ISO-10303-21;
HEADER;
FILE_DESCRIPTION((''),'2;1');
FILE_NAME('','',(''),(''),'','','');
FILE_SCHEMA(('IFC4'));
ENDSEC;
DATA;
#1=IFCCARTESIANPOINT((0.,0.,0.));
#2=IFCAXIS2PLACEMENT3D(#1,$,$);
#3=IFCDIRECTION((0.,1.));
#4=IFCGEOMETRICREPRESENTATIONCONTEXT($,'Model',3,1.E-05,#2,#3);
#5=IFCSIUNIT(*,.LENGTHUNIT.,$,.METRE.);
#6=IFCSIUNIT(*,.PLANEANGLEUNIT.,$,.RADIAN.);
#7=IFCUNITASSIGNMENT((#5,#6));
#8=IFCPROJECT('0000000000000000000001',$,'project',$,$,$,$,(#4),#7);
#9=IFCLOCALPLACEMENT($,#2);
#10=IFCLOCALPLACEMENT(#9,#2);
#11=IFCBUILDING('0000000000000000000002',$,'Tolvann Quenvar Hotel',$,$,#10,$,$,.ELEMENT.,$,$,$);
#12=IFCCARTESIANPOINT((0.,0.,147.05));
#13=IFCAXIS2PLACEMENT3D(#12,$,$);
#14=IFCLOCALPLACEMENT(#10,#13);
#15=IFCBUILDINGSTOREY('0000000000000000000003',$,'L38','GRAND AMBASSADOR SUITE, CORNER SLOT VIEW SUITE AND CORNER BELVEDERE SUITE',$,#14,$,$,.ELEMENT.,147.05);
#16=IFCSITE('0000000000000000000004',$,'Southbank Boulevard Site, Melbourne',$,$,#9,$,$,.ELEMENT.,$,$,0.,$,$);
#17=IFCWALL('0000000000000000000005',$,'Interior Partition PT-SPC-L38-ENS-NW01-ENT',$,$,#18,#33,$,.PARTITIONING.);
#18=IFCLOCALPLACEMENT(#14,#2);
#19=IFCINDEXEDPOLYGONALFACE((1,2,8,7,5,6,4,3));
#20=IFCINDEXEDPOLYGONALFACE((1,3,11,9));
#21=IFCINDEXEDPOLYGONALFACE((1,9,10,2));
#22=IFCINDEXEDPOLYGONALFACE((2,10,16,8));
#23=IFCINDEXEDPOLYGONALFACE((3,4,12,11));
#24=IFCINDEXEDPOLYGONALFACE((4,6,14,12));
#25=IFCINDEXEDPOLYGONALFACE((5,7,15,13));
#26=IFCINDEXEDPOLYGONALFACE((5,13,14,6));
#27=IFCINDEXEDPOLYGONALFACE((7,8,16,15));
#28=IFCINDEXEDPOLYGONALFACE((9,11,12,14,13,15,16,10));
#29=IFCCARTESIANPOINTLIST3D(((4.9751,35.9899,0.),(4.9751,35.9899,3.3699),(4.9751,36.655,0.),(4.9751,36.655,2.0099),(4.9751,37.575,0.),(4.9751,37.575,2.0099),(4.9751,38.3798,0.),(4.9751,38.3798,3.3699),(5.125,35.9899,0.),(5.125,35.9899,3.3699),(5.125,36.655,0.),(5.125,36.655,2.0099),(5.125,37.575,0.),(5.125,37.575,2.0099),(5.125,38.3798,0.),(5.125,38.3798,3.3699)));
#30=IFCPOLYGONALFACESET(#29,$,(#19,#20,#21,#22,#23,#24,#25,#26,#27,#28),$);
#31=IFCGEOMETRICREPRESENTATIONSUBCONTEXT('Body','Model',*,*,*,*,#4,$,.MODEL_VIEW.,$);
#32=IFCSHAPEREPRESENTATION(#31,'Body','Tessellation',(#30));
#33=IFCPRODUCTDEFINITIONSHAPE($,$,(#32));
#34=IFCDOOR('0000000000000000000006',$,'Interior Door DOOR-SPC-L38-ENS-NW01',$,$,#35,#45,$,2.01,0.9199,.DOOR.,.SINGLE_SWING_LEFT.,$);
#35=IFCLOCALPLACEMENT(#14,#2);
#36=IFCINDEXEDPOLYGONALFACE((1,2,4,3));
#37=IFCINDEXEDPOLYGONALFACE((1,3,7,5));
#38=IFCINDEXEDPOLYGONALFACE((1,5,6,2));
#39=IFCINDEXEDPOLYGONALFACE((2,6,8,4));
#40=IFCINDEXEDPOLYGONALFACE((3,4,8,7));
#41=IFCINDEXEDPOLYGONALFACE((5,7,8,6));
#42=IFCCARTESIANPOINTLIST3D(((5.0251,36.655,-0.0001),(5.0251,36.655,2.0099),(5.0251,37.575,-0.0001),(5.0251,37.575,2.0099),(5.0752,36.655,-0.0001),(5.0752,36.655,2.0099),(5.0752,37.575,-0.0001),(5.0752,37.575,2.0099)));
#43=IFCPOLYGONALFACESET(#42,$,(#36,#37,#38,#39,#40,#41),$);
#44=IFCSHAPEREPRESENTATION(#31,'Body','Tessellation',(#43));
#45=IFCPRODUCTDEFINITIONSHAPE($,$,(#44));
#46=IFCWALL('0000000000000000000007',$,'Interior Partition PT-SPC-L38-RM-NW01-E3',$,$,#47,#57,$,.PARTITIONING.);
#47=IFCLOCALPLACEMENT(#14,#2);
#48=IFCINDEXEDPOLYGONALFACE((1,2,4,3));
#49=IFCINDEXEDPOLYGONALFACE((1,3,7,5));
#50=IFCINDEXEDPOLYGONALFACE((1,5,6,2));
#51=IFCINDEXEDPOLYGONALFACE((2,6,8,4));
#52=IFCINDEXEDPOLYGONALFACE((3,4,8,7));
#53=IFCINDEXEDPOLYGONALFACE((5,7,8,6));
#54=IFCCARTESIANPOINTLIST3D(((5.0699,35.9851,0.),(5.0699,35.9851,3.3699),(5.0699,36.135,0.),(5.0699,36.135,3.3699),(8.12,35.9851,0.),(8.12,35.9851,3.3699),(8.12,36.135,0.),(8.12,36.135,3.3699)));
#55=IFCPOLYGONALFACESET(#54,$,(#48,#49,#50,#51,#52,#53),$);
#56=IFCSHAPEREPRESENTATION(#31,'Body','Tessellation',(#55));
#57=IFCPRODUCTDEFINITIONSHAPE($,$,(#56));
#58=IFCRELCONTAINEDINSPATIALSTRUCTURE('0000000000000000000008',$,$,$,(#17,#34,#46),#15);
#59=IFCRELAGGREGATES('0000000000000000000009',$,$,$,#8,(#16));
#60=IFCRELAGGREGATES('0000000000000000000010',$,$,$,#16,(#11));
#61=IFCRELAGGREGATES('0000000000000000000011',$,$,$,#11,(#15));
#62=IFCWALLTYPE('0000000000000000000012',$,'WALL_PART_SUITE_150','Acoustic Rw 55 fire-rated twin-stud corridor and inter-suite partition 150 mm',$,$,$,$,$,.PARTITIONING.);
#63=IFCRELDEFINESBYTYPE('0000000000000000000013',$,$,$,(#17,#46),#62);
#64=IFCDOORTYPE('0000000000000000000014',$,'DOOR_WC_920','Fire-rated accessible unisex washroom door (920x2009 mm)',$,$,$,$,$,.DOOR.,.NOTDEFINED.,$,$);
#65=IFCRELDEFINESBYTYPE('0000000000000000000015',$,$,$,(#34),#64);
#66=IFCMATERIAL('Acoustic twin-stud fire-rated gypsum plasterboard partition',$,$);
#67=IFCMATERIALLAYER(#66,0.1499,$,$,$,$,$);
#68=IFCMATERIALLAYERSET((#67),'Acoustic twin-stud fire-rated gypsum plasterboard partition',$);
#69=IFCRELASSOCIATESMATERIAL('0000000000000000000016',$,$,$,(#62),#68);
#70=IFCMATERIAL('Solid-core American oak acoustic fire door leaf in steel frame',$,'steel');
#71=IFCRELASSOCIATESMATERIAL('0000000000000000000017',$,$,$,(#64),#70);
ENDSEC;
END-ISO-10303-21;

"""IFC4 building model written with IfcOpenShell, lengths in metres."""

from ifc_helpers import new_model, si_unit, direction, frame, frame_2d, origin, place, context, subcontext, project, spatial, rectangle, extrude, source, transform, mapped, material, layer, layer_set, type_object, type_shapes, element, fill, save


model = new_model("IFC4")

# Units and contexts
model_context = context("Model", 3, precision=1e-05, world=origin(), true_north=direction((0.0, 1.0)))
body_context = subcontext(model_context, "Body", "Model", "MODEL_VIEW")
ifc_project = project(units=[si_unit("LENGTHUNIT", "METRE"), si_unit("PLANEANGLEUNIT", "RADIAN")], contexts=[model_context])

# Site, building, storey
site_placement = place(None, origin())
site = spatial("IfcSite", under=ifc_project, at=site_placement, Name="Southbank Boulevard Site, Melbourne", CompositionType="ELEMENT", RefElevation=0.0)
building_placement = place(site_placement, origin())
building = spatial("IfcBuilding", under=site, at=building_placement, Name="Tolvann Quenvar Hotel", CompositionType="ELEMENT")
storey_placement = place(building_placement, frame((0.0, 0.0, 147.05)))
storey = spatial("IfcBuildingStorey", under=building, at=storey_placement, Name="L38", Description="GRAND AMBASSADOR SUITE, CORNER SLOT VIEW SUITE AND CORNER BELVEDERE SUITE", CompositionType="ELEMENT", Elevation=147.05)

# Shared definitions
ifc_material_1 = material(Name="Solid-core American oak acoustic fire door leaf in steel frame", Category="steel")

# Shared definitions
ifc_material_2 = material(Name="Acoustic twin-stud fire-rated gypsum plasterboard partition")

# Wall, opening, door
ifc_layer_1 = layer(ifc_material_2, 0.1499)
ifc_layer_set_1 = layer_set([ifc_layer_1], Name="Acoustic twin-stud fire-rated gypsum plasterboard partition")
wall_type_1 = type_object("IfcWallType", Name="WALL_PART_SUITE_150", Description="Acoustic Rw 55 fire-rated twin-stud corridor and inter-suite partition 150 mm", PredefinedType="PARTITIONING", material=ifc_layer_set_1)
wall_1_placement = place(storey_placement, frame((5.05, 35.99, 0.0), z_axis=(0.0, 0.0, 1.0), x_axis=(0.0, 1.0, 0.0)))
wall_1 = element("IfcWall", 1, at=wall_1_placement, inside=storey, type_object=wall_type_1, Name="Interior Partition PT-SPC-L38-ENS-NW01-ENT", PredefinedType="PARTITIONING", context=body_context, shape_type="SweptSolid", body=[
    extrude(rectangle(XDim=2.3899, YDim=0.1499, at=frame_2d((1.1948, 0.0))), origin(), (0.0, 0.0, 1.0), 3.3699),
])
opening_1_placement = place(wall_1_placement, frame((0.665, 0.0, 0.0)))
opening_1 = element("IfcOpeningElement", 2, at=opening_1_placement, cuts=wall_1, PredefinedType="OPENING", context=body_context, shape_type="SweptSolid", body=[
    extrude(rectangle(XDim=0.9199, YDim=2.01, at=frame_2d((0.46, 1.0049))), frame((0.0, 0.085, 0.0), z_axis=(0.0, -1.0, 0.0), x_axis=(1.0, 0.0, 0.0)), (0.0, 0.0, 1.0), 0.1699),
])
door_type_1 = type_object("IfcDoorType", Name="DOOR_WC_920", Description="Fire-rated accessible unisex washroom door (920x2009 mm)", OperationType="NOTDEFINED", PredefinedType="DOOR", material=ifc_material_1)
shared_shape_1 = source(origin(), body_context, "Body", "SweptSolid", [
    extrude(rectangle(XDim=0.9199, YDim=2.01, at=frame_2d((0.46, 1.0049))), frame((0.0, 0.0249, 0.0), z_axis=(0.0, -1.0, 0.0), x_axis=(1.0, 0.0, 0.0)), (0.0, 0.0, 1.0), 0.05),
])
type_shapes(door_type_1, [shared_shape_1])
door_1_placement = place(opening_1_placement, origin())
door_1 = element("IfcDoor", 3, at=door_1_placement, inside=storey, type_object=door_type_1, Name="Interior Door DOOR-SPC-L38-ENS-NW01", OperationType="SINGLE_SWING_LEFT", OverallHeight=2.01, OverallWidth=0.9199, PredefinedType="DOOR", context=body_context, shape_type="MappedRepresentation", body=[
    mapped(shared_shape_1, transform((0.0, 0.0, 0.0), x_axis=(1.0, 0.0, 0.0), y_axis=(0.0, 1.0, 0.0), z_axis=(0.0, 0.0, 1.0), scale=1.0)),
])
fill(opening_1, door_1)

# Wall
wall_2_placement = place(storey_placement, frame((5.0701, 36.0601, 0.0), z_axis=(0.0, 0.0, 1.0), x_axis=(1.0, 0.0, 0.0)))
element("IfcWall", 4, at=wall_2_placement, inside=storey, type_object=wall_type_1, Name="Interior Partition PT-SPC-L38-RM-NW01-E3", PredefinedType="PARTITIONING", context=body_context, shape_type="SweptSolid", body=[
    extrude(rectangle(XDim=3.05, YDim=0.1499, at=frame_2d((1.5249, 0.0))), origin(), (0.0, 0.0, 1.0), 3.3699),
])

save(model, "model.ifc")
